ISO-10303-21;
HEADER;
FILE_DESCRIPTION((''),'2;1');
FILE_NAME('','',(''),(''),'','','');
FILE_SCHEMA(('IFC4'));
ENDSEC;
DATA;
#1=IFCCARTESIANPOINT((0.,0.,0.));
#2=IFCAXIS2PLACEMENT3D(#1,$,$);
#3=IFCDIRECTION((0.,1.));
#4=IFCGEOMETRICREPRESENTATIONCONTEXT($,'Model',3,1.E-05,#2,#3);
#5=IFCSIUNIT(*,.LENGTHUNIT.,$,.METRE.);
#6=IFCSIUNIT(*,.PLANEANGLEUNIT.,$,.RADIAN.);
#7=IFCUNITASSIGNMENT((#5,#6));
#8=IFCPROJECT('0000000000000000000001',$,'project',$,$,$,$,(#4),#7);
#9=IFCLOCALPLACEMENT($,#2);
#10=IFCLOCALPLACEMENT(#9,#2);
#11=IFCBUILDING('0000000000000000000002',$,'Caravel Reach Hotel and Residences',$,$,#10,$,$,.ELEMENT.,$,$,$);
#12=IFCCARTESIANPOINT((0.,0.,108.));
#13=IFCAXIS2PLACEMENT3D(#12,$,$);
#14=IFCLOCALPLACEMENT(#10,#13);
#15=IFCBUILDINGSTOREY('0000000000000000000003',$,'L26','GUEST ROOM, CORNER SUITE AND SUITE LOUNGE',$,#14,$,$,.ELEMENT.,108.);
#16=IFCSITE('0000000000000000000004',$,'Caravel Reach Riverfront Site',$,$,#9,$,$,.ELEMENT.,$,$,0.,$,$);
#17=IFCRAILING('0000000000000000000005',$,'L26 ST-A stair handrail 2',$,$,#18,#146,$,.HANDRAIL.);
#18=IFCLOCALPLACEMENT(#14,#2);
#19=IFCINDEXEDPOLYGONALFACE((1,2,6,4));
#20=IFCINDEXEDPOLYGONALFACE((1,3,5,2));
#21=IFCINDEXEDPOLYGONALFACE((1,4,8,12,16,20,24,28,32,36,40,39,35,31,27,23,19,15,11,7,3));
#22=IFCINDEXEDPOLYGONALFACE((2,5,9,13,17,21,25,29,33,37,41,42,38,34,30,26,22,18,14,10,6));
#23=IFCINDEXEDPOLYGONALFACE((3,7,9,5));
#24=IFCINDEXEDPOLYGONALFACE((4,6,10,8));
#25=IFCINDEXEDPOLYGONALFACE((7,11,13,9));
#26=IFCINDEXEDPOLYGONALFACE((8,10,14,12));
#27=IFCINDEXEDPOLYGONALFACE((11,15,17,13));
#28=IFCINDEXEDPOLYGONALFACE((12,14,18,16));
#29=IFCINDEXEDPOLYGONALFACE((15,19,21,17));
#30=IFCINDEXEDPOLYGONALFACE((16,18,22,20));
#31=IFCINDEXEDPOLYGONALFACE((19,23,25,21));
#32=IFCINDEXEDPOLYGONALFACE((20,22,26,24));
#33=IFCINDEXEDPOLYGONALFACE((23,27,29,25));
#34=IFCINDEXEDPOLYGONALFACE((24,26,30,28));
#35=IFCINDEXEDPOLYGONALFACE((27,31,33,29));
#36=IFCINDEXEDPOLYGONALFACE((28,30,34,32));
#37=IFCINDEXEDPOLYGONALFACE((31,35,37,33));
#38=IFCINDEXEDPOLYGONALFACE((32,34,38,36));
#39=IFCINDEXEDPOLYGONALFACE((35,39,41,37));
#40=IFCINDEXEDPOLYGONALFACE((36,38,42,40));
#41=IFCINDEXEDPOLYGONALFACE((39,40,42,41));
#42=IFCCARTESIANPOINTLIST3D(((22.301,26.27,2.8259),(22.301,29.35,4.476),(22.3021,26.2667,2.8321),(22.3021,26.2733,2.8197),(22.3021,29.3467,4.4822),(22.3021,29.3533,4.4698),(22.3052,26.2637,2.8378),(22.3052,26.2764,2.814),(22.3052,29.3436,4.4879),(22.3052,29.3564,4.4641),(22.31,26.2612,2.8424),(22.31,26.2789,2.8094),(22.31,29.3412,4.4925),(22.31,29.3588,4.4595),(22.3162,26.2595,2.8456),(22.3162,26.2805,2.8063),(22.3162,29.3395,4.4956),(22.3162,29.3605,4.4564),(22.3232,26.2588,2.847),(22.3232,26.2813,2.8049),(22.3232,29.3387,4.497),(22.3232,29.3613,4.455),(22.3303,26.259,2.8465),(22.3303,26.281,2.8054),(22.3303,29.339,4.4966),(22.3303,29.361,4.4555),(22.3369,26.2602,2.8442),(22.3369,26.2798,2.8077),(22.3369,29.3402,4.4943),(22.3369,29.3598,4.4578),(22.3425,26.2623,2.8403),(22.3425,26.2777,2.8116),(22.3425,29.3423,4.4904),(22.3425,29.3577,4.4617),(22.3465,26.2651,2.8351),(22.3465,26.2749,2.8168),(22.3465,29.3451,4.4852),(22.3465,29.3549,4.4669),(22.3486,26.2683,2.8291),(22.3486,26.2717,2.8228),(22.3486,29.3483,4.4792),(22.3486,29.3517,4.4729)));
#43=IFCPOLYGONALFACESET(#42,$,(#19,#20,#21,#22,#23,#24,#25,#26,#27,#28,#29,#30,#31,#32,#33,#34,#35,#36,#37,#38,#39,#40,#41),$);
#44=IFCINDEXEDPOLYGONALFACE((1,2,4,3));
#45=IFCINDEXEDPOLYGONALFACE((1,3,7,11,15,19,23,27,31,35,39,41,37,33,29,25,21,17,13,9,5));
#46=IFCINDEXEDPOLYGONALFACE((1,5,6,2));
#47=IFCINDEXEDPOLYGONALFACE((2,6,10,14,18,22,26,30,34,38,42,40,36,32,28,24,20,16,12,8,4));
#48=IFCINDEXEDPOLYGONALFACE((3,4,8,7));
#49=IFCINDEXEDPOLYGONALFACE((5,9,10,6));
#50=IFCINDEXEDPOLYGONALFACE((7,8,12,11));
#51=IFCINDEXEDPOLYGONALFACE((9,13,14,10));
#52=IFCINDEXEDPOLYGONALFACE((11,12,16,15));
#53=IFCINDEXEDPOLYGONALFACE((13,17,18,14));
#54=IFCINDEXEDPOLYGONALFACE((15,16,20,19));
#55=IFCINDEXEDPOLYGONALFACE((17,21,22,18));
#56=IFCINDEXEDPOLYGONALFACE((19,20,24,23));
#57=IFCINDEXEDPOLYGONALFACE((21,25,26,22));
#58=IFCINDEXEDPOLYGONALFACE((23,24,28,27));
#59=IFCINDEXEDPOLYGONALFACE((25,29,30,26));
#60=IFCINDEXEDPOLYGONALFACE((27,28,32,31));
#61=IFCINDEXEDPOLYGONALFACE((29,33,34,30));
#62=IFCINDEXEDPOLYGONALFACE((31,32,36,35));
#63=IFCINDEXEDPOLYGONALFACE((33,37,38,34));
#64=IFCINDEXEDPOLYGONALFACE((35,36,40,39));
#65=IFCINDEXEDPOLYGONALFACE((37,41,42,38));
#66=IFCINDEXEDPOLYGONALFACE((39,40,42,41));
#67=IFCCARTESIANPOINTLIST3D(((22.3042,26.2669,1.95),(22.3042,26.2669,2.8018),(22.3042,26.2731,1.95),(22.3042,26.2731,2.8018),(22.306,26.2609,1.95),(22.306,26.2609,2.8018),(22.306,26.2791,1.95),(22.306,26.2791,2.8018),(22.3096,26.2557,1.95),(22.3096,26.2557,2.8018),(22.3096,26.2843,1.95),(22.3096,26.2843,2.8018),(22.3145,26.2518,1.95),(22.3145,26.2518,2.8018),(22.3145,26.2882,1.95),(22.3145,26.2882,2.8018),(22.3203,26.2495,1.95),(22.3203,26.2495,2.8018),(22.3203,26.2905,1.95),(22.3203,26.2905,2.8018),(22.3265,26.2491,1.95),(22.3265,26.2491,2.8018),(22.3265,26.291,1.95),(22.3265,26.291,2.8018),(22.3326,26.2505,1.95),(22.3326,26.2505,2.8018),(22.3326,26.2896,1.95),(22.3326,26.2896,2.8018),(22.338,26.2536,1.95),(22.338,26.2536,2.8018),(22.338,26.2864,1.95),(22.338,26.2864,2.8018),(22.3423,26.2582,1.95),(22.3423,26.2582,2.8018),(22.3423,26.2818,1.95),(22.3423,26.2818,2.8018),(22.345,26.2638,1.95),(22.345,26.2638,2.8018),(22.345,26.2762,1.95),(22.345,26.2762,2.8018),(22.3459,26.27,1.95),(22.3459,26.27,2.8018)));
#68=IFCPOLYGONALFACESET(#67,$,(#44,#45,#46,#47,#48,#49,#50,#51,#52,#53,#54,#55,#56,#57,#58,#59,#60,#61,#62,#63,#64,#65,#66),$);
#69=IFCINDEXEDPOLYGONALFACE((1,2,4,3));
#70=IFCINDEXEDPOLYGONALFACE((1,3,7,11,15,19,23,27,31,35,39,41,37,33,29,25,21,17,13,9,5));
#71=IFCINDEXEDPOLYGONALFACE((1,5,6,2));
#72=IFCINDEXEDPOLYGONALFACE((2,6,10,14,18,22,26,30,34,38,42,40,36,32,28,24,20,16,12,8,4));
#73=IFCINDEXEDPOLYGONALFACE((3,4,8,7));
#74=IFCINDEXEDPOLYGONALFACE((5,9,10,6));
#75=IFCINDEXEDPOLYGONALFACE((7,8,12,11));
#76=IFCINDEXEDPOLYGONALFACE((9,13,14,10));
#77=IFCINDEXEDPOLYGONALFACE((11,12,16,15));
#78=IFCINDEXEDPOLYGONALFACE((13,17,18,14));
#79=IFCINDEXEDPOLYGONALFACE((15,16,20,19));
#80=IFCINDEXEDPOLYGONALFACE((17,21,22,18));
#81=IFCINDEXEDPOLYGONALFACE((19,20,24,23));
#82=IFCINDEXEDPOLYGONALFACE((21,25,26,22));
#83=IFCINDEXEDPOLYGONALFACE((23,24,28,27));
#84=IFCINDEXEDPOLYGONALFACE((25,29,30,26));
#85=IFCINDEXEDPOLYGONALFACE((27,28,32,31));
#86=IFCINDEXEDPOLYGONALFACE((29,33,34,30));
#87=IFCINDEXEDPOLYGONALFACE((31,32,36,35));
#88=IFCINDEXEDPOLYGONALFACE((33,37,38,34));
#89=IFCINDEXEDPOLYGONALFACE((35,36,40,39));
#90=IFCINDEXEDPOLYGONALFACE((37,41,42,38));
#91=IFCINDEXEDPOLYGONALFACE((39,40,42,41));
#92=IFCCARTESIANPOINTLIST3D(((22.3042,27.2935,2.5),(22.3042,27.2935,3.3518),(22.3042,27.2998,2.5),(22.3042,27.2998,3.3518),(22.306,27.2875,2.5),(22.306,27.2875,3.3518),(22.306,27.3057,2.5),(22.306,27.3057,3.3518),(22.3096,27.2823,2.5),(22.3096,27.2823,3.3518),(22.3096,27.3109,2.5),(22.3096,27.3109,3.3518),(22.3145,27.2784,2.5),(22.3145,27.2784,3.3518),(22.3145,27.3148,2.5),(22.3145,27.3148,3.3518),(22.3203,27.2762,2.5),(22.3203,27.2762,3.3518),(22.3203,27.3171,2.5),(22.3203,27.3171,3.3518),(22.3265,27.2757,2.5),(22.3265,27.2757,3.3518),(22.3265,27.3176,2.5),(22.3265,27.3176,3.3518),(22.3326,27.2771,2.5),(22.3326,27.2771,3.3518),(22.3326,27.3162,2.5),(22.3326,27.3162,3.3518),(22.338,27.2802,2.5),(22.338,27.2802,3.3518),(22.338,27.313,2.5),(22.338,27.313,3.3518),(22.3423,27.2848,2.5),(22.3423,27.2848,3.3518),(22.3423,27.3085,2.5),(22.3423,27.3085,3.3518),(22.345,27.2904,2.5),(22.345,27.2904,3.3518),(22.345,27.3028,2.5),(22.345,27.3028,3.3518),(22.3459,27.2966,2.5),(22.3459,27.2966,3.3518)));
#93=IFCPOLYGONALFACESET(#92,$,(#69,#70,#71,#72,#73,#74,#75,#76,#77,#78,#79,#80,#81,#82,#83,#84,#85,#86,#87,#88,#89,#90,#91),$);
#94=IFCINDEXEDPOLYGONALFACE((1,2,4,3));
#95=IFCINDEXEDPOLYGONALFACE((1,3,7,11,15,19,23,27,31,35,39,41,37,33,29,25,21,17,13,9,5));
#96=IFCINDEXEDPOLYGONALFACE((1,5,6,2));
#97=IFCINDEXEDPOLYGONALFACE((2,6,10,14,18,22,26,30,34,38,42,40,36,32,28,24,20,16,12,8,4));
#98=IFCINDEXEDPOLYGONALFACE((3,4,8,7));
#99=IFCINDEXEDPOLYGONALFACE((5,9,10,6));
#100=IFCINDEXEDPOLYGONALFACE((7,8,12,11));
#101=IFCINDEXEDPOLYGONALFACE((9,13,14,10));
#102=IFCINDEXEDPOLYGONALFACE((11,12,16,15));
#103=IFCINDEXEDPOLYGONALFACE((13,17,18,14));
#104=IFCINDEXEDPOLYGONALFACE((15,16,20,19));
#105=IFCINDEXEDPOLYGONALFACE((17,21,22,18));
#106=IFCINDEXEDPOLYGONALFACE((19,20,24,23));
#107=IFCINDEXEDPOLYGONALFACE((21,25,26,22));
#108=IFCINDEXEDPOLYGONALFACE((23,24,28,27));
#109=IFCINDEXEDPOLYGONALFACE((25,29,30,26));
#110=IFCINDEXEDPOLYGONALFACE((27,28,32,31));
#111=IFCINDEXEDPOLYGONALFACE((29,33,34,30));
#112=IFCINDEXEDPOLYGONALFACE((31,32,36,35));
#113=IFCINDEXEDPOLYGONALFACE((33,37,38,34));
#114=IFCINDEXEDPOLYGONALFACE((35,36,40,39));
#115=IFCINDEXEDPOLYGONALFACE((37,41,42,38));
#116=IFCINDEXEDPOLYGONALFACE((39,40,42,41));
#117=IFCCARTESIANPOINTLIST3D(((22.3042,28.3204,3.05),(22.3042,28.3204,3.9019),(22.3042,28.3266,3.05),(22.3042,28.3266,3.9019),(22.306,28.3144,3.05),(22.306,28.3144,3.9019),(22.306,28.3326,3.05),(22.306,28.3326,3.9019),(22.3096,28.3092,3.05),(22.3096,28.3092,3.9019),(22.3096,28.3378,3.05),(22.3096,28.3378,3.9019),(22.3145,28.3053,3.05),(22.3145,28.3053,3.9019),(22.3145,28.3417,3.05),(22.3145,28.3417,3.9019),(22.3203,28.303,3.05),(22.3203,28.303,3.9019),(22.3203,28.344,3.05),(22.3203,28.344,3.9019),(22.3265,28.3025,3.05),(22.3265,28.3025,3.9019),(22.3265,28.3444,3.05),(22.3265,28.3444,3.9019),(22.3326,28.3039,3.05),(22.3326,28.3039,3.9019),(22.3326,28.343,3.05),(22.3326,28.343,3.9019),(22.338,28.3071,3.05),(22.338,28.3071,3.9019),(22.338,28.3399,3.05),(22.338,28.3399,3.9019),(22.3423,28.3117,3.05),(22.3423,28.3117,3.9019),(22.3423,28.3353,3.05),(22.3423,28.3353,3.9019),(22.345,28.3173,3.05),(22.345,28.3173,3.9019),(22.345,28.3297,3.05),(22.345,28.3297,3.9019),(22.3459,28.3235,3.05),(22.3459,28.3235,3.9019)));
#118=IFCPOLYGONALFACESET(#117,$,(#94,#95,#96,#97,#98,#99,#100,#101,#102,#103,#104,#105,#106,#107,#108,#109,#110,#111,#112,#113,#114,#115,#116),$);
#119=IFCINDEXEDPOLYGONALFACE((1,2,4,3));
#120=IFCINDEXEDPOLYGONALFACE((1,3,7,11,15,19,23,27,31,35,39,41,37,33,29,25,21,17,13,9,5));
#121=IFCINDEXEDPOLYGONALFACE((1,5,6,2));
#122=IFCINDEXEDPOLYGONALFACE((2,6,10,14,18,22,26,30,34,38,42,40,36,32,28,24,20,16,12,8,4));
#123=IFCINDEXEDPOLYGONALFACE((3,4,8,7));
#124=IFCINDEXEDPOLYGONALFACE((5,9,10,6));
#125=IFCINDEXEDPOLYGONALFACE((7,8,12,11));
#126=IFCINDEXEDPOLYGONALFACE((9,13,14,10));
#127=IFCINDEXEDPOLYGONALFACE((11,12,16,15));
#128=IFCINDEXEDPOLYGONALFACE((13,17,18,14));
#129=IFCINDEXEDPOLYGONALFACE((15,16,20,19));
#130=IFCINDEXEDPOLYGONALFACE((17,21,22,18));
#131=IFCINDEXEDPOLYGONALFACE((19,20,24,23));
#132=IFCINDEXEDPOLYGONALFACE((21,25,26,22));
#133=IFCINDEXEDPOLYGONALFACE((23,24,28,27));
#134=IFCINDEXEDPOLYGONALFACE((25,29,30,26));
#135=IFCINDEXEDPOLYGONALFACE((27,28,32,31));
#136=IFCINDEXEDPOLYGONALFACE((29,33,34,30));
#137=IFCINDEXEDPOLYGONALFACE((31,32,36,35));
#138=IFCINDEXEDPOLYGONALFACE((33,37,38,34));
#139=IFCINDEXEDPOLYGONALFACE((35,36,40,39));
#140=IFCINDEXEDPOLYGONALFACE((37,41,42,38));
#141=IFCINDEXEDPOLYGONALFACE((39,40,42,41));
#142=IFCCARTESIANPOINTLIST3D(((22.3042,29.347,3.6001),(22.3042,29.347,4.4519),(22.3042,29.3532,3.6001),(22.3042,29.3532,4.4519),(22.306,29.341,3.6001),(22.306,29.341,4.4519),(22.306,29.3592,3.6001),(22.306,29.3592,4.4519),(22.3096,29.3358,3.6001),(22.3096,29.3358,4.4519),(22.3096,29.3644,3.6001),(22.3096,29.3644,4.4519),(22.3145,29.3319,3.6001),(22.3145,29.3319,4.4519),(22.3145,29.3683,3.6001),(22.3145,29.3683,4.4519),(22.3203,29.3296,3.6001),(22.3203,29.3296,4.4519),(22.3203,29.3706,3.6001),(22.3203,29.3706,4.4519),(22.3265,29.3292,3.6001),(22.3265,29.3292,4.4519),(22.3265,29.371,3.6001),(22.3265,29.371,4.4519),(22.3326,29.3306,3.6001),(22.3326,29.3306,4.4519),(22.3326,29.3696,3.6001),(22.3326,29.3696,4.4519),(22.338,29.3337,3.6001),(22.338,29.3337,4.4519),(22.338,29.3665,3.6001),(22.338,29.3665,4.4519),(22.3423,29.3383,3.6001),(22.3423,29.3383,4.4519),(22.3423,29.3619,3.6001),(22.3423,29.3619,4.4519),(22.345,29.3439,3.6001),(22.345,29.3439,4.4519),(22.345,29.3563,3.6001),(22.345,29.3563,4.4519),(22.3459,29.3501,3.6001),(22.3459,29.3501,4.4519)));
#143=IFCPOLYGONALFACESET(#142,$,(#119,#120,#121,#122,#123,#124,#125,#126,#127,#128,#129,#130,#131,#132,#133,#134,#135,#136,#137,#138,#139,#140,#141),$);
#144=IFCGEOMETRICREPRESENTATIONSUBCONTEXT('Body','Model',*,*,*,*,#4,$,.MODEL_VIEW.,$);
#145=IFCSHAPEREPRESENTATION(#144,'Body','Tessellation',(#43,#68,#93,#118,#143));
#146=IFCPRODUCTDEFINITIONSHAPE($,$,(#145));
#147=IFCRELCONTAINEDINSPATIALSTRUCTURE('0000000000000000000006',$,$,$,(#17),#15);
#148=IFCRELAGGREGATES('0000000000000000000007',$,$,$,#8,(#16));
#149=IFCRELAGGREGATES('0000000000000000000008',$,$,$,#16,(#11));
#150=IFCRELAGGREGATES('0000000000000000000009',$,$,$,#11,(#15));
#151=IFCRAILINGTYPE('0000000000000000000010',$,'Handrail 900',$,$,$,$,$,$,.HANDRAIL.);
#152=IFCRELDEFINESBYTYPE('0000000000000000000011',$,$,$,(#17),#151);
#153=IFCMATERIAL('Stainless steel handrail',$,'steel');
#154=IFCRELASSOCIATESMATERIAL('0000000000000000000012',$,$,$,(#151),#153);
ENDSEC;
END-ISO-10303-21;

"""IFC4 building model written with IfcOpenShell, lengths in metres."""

from ifc_helpers import new_model, si_unit, direction, frame, origin, origin_2d, place, context, subcontext, project, spatial, circle, extrude, material, type_object, element, save


model = new_model("IFC4")

# Units and contexts
model_context = context("Model", 3, precision=1e-05, world=origin(), true_north=direction((0.0, 1.0)))
body_context = subcontext(model_context, "Body", "Model", "MODEL_VIEW")
ifc_project = project(units=[si_unit("LENGTHUNIT", "METRE"), si_unit("PLANEANGLEUNIT", "RADIAN")], contexts=[model_context])

# Site, building, storey
site_placement = place(None, origin())
site = spatial("IfcSite", under=ifc_project, at=site_placement, Name="Caravel Reach Riverfront Site", CompositionType="ELEMENT", RefElevation=0.0)
building_placement = place(site_placement, origin())
building = spatial("IfcBuilding", under=site, at=building_placement, Name="Caravel Reach Hotel and Residences", CompositionType="ELEMENT")
storey_placement = place(building_placement, frame((0.0, 0.0, 108.0)))
storey = spatial("IfcBuildingStorey", under=building, at=storey_placement, Name="L26", Description="GUEST ROOM, CORNER SUITE AND SUITE LOUNGE", CompositionType="ELEMENT", Elevation=108.0)

# Railing
ifc_material_1 = material(Name="Stainless steel handrail", Category="steel")
railing_type_1 = type_object("IfcRailingType", Name="Handrail 900", PredefinedType="HANDRAIL", material=ifc_material_1)
railing_1_placement = place(storey_placement, frame((22.325, 26.27, 1.95)))
element("IfcRailing", 1, at=railing_1_placement, inside=storey, type_object=railing_type_1, Name="L26 ST-A stair handrail 2", PredefinedType="HANDRAIL", context=body_context, shape_type="SweptSolid", body=[
    extrude(circle(Radius=0.0239, at=origin_2d()), frame((0.0, 0.0, 0.876), z_axis=(0.0, 0.881468, 0.472245), x_axis=(-1.0, 0.0, 0.0)), (0.0, 0.0, 1.0), 3.4941),
    extrude(circle(Radius=0.021, at=origin_2d()), origin(), (0.0, 0.0, 1.0), 0.8518),
    extrude(circle(Radius=0.021, at=origin_2d()), frame((0.0, 1.0266, 0.55)), (0.0, 0.0, 1.0), 0.8518),
    extrude(circle(Radius=0.021, at=origin_2d()), frame((0.0, 2.0535, 1.1001)), (0.0, 0.0, 1.0), 0.8518),
    extrude(circle(Radius=0.021, at=origin_2d()), frame((0.0, 3.0801, 1.6501)), (0.0, 0.0, 1.0), 0.8518),
])

save(model, "model.ifc")
